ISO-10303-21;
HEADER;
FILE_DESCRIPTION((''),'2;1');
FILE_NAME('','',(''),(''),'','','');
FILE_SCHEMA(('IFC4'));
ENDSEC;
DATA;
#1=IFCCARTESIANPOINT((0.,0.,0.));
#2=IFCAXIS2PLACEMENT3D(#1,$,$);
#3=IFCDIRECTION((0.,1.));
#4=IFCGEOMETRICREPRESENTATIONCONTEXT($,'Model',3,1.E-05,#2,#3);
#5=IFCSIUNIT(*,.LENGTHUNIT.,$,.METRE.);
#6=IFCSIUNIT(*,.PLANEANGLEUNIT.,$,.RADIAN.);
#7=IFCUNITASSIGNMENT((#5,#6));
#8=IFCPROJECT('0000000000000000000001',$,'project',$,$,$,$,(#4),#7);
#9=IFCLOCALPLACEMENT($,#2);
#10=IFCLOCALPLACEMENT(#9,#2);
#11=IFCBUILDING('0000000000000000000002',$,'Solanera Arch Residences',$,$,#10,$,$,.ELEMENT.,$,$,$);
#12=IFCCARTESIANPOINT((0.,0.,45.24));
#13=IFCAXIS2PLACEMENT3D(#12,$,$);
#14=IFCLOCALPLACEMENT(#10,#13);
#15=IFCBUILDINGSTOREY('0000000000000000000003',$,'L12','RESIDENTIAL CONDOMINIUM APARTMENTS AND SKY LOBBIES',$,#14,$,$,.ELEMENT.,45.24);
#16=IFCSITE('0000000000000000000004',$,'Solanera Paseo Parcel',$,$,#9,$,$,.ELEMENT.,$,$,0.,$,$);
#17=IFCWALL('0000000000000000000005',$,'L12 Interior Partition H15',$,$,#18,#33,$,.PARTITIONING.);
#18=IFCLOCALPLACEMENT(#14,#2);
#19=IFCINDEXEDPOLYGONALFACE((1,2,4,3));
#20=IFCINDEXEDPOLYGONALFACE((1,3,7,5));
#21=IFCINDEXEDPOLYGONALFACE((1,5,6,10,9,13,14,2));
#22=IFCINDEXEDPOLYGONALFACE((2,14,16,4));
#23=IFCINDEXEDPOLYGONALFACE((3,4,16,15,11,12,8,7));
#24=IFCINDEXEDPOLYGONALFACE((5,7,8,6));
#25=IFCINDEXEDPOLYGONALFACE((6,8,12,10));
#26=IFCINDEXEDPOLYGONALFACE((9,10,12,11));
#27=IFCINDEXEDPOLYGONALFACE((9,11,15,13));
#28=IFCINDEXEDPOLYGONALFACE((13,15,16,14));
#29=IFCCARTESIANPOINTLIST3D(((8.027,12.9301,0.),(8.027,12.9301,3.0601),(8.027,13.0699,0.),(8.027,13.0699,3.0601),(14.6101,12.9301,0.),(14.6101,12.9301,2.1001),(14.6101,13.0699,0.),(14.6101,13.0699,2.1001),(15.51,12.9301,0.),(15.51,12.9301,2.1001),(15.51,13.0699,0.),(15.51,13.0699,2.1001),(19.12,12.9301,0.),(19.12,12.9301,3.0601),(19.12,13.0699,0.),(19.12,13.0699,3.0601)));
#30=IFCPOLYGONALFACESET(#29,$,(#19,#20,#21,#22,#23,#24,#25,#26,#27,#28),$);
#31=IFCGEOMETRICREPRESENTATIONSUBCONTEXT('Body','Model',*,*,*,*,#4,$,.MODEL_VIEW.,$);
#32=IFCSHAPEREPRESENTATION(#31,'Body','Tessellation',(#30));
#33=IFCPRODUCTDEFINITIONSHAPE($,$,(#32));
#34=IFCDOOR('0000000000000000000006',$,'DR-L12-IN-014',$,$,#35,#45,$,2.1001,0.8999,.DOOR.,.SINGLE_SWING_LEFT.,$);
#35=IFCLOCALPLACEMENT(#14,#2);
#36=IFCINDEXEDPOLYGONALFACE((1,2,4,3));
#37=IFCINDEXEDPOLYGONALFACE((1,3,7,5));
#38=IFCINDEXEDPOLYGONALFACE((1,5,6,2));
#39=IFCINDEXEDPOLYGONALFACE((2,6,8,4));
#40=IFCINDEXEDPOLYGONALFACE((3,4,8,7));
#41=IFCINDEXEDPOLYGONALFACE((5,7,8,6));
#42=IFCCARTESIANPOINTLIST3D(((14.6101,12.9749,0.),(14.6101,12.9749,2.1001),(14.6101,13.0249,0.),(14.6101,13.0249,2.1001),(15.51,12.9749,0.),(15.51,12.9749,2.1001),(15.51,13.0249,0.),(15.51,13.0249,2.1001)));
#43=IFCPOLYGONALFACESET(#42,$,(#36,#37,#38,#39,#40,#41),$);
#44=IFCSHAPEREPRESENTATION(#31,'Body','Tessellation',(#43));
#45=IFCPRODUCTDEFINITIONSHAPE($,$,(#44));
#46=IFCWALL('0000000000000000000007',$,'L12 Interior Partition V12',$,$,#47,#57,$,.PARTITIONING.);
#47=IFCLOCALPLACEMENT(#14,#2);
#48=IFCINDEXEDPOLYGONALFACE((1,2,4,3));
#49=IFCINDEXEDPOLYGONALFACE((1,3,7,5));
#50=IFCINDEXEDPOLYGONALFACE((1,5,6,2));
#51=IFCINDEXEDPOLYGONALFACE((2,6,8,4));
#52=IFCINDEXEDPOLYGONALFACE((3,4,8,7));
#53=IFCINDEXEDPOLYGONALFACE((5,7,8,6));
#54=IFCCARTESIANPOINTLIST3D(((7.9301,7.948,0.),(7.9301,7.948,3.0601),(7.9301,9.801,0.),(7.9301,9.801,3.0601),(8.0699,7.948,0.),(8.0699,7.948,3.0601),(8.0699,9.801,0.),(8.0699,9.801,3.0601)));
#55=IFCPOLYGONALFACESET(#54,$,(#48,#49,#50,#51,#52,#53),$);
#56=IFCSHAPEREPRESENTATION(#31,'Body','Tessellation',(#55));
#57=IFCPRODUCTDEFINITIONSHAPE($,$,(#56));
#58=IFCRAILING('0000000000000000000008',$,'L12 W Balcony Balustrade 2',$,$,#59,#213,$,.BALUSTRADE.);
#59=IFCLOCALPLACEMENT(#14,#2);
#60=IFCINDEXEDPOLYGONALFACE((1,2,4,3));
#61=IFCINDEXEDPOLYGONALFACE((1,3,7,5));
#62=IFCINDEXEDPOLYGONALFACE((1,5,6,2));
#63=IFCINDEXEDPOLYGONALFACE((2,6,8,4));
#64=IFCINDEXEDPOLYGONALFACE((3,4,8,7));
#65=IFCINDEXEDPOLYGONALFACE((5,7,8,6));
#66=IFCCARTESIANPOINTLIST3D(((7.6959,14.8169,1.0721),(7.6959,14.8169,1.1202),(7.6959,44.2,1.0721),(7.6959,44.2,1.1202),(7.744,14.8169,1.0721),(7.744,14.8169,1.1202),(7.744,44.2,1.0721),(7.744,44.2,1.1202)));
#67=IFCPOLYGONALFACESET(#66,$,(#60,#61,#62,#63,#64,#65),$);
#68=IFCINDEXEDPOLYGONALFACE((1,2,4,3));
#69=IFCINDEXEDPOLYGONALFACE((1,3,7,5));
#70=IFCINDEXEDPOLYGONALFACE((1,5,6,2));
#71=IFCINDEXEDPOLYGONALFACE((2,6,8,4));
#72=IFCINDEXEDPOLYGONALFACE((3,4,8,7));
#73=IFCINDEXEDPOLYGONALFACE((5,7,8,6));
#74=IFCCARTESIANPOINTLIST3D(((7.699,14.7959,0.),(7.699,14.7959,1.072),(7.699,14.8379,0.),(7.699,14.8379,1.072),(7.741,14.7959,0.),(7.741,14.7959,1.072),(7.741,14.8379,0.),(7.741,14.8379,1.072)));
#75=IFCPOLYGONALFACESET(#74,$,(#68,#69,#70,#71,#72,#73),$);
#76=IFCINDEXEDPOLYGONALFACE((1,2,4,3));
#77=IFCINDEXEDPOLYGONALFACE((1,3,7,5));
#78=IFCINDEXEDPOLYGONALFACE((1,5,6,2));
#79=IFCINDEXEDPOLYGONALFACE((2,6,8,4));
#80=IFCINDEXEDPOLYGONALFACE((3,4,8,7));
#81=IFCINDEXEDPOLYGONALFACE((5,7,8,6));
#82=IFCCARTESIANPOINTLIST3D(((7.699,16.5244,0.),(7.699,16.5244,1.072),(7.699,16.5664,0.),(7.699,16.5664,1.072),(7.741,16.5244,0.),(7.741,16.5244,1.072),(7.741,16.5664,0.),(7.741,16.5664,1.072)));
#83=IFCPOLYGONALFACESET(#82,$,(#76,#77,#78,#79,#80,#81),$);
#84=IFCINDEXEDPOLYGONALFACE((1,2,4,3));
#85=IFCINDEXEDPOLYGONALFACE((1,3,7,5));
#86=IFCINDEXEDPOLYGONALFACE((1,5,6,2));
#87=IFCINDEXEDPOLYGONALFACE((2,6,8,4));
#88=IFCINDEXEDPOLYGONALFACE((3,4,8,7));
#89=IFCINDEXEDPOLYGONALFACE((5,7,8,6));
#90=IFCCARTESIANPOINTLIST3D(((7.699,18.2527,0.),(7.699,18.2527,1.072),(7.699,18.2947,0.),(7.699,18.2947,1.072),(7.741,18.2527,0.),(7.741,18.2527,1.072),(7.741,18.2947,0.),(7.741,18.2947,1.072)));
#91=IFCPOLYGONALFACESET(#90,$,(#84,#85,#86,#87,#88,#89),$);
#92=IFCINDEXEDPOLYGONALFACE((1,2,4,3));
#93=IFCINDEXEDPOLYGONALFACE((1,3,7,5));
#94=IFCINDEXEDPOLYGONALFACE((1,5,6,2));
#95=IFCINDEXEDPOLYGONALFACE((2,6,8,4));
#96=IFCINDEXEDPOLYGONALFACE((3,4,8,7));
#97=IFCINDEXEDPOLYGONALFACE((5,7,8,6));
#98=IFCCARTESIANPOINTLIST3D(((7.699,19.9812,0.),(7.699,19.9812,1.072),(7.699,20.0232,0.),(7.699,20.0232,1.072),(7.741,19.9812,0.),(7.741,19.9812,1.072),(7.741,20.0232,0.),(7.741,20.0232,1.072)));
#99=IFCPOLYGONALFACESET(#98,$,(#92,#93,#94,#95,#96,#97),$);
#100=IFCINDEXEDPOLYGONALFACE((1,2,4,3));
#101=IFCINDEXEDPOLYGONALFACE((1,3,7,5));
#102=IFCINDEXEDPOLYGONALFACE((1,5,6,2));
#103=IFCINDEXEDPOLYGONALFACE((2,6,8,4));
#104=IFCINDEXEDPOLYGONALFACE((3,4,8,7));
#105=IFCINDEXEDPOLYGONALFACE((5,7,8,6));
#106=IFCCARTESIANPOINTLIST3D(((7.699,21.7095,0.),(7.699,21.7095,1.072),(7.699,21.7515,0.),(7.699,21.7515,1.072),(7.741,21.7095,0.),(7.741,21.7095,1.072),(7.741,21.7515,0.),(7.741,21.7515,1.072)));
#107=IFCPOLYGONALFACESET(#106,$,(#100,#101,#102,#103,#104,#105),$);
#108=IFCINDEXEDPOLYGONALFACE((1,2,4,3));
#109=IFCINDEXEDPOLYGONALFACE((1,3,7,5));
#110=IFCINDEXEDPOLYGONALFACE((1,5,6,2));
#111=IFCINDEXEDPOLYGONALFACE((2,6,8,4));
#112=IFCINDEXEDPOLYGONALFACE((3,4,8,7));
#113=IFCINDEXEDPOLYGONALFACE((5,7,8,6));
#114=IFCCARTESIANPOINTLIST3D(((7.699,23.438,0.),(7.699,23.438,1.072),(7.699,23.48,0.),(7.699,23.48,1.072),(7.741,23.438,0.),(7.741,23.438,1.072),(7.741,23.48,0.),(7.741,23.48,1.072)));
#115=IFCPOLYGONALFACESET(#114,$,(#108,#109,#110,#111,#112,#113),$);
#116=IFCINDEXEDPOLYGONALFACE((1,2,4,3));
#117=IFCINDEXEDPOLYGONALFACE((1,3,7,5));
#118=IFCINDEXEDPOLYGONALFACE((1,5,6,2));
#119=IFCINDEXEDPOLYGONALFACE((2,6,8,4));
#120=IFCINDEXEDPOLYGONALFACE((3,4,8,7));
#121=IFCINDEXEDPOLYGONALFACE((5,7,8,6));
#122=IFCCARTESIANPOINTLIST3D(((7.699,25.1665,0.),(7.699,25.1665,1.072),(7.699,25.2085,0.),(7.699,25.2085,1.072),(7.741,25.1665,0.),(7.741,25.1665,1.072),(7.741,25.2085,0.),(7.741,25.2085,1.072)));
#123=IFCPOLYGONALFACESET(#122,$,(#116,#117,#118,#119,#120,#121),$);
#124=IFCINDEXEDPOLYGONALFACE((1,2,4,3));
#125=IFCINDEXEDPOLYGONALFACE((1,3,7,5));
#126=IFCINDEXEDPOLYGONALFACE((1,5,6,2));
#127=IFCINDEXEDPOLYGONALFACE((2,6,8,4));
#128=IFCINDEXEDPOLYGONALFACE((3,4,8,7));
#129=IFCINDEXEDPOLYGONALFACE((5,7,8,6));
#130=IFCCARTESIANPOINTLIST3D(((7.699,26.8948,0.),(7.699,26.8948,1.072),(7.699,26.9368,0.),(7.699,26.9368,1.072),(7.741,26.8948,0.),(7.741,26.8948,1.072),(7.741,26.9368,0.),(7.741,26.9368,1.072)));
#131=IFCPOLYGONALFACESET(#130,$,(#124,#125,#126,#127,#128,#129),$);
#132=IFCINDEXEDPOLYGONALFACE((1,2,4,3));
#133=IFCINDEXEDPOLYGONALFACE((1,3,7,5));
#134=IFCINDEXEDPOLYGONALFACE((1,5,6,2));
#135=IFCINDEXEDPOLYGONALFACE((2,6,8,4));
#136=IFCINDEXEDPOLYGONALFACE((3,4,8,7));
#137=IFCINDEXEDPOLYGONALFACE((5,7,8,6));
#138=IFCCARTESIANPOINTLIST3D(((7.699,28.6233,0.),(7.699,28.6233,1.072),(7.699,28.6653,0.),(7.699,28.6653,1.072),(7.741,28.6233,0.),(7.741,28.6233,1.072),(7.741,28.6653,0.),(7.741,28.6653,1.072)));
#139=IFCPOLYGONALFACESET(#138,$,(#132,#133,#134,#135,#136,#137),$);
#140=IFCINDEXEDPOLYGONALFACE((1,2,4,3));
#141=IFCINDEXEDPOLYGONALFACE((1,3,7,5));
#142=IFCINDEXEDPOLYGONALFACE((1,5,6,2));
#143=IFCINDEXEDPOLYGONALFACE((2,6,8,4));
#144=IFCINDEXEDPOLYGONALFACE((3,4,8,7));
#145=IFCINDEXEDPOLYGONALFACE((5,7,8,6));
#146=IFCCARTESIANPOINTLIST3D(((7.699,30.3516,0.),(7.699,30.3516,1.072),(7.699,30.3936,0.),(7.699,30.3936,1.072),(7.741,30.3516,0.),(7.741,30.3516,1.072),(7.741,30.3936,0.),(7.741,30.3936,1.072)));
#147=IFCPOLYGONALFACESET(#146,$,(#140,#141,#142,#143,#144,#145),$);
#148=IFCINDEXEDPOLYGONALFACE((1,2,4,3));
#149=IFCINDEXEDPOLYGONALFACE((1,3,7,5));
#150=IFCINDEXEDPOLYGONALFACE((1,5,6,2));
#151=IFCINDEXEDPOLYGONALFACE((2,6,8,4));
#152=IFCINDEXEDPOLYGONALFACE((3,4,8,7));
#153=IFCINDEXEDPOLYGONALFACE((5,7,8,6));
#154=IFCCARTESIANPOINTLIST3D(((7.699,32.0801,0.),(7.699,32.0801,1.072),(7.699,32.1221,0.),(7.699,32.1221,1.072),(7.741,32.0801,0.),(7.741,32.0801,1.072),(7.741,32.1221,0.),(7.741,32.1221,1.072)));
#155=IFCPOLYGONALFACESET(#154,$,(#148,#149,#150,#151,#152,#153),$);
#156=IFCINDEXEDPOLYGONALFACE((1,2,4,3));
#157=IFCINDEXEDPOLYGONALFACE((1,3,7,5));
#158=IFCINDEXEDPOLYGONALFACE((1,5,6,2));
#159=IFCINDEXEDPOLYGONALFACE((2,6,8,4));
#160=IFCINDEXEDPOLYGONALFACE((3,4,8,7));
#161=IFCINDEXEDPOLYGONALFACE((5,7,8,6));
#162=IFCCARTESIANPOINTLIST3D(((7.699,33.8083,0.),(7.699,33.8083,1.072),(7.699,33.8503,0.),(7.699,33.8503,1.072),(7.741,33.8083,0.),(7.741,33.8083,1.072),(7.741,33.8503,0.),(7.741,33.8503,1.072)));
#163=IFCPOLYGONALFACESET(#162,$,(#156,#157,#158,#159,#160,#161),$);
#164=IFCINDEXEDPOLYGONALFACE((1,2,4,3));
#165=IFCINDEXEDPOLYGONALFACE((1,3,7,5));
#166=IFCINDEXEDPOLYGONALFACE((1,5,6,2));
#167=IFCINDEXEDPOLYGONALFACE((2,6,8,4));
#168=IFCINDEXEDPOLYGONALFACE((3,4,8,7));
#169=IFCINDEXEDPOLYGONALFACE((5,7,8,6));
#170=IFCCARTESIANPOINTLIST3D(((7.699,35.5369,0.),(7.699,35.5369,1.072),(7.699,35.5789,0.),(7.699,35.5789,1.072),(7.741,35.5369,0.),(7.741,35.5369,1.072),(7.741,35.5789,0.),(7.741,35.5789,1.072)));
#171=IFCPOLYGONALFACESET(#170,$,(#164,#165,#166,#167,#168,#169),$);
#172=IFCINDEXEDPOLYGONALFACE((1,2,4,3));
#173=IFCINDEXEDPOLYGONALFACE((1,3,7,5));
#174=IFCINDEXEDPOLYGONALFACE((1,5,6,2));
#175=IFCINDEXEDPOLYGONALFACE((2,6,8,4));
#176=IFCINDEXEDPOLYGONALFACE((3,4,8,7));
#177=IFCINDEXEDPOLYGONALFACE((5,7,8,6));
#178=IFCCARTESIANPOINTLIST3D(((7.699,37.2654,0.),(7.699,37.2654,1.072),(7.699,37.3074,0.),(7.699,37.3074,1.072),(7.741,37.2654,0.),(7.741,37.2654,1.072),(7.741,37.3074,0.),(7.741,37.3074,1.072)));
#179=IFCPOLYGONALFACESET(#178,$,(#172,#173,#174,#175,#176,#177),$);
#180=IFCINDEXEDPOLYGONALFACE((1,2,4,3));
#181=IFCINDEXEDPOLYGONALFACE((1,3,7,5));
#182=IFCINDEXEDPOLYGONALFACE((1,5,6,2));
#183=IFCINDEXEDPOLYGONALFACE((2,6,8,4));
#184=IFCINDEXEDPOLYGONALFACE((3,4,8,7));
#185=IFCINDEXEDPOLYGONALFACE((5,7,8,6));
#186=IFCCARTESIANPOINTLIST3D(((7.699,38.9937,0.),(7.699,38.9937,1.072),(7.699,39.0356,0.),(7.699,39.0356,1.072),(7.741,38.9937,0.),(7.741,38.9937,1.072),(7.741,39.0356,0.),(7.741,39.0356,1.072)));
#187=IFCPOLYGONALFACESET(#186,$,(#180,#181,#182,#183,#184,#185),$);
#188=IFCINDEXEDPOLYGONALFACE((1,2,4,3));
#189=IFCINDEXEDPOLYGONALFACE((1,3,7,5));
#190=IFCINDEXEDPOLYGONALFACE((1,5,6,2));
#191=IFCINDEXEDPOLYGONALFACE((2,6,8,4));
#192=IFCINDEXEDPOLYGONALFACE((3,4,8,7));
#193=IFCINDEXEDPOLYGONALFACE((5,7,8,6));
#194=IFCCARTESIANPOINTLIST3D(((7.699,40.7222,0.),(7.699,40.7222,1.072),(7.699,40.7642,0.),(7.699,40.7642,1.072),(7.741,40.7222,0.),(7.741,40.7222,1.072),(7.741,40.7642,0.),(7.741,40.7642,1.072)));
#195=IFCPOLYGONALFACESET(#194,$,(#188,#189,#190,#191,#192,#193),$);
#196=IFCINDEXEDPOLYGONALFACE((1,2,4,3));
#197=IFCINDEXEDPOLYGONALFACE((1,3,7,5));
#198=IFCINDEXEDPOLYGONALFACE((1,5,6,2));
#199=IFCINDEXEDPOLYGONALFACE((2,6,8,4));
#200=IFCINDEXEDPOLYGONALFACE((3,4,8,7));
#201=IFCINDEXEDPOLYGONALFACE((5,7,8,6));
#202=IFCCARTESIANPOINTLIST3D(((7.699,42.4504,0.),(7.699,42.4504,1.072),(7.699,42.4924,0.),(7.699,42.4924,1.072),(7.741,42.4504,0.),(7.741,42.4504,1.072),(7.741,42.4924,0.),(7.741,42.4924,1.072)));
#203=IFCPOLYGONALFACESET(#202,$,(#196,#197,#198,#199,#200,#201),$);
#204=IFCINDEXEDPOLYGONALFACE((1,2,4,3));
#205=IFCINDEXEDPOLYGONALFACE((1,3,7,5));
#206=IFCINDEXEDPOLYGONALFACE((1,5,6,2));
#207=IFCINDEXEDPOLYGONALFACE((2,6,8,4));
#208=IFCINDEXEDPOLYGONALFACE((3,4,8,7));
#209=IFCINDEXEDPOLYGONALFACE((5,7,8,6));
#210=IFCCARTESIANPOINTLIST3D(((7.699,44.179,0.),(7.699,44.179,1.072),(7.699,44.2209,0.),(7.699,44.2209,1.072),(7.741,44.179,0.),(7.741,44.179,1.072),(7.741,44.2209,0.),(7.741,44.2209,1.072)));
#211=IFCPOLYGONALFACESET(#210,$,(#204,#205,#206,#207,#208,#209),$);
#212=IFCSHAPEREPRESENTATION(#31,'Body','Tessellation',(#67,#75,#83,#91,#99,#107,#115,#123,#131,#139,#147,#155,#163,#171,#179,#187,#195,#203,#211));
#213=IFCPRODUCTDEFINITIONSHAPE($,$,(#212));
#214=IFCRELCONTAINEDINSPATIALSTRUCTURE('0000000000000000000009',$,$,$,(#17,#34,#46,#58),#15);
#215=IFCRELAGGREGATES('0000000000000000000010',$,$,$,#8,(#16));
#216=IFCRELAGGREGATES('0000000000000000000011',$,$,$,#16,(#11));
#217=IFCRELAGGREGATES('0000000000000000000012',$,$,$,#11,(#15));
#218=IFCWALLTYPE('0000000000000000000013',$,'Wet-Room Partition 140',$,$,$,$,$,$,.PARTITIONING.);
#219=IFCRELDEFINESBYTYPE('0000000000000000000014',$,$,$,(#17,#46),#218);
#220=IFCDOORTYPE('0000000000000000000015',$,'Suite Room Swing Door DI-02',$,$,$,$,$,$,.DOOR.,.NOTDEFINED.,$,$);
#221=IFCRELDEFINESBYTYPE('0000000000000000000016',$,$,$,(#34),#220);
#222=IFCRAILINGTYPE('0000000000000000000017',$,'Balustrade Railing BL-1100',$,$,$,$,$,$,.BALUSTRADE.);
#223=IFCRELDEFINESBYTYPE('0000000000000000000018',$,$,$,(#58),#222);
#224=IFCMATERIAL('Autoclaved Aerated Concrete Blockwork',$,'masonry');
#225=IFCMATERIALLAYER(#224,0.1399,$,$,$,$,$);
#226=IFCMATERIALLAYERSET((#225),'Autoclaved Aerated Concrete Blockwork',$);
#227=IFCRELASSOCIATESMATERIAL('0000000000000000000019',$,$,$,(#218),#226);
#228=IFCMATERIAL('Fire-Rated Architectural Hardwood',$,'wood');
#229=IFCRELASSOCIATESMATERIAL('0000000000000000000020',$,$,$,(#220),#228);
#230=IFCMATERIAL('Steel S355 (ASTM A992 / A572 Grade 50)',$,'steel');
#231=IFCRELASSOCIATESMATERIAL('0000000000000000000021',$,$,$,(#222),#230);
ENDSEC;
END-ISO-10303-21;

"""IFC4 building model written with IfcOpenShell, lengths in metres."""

from ifc_helpers import new_model, si_unit, direction, frame, frame_2d, origin, origin_2d, place, context, subcontext, project, spatial, rectangle, extrude, material, layer, layer_set, type_object, element, fill, save


model = new_model("IFC4")

# Units and contexts
model_context = context("Model", 3, precision=1e-05, world=origin(), true_north=direction((0.0, 1.0)))
body_context = subcontext(model_context, "Body", "Model", "MODEL_VIEW")
ifc_project = project(units=[si_unit("LENGTHUNIT", "METRE"), si_unit("PLANEANGLEUNIT", "RADIAN")], contexts=[model_context])

# Site, building, storey
site_placement = place(None, origin())
site = spatial("IfcSite", under=ifc_project, at=site_placement, Name="Solanera Paseo Parcel", CompositionType="ELEMENT", RefElevation=0.0)
building_placement = place(site_placement, origin())
building = spatial("IfcBuilding", under=site, at=building_placement, Name="Solanera Arch Residences", CompositionType="ELEMENT")
storey_placement = place(building_placement, frame((0.0, 0.0, 45.24)))
storey = spatial("IfcBuildingStorey", under=building, at=storey_placement, Name="L12", Description="RESIDENTIAL CONDOMINIUM APARTMENTS AND SKY LOBBIES", CompositionType="ELEMENT", Elevation=45.24)

# Shared definitions
ifc_material_1 = material(Name="Autoclaved Aerated Concrete Blockwork", Category="masonry")
ifc_layer_1 = layer(ifc_material_1, 0.1399)
ifc_layer_set_1 = layer_set([ifc_layer_1], Name="Autoclaved Aerated Concrete Blockwork")
wall_type_1 = type_object("IfcWallType", Name="Wet-Room Partition 140", PredefinedType="PARTITIONING", material=ifc_layer_set_1)

# Wall, opening, door
wall_1_placement = place(storey_placement, frame((8.0271, 13.0, 0.0), z_axis=(0.0, 0.0, 1.0), x_axis=(1.0, 0.0, 0.0)))
wall_1 = element("IfcWall", 1, at=wall_1_placement, inside=storey, type_object=wall_type_1, Name="L12 Interior Partition H15", PredefinedType="PARTITIONING", context=body_context, shape_type="SweptSolid", body=[
    extrude(rectangle(XDim=11.093, YDim=0.1399, at=frame_2d((5.5464, 0.0))), origin(), (0.0, 0.0, 1.0), 3.0601),
])
opening_1_placement = place(wall_1_placement, frame((6.583, 0.0, 0.0)))
opening_1 = element("IfcOpeningElement", 2, at=opening_1_placement, cuts=wall_1, PredefinedType="OPENING", context=body_context, shape_type="SweptSolid", body=[
    extrude(rectangle(XDim=0.8999, YDim=2.1001, at=frame_2d((0.45, 1.05))), frame((0.0, 0.0798, 0.0), z_axis=(0.0, -1.0, 0.0), x_axis=(1.0, 0.0, 0.0)), (0.0, 0.0, 1.0), 0.1599),
])
ifc_material_2 = material(Name="Fire-Rated Architectural Hardwood", Category="wood")
door_type_1 = type_object("IfcDoorType", Name="Suite Room Swing Door DI-02", OperationType="NOTDEFINED", PredefinedType="DOOR", material=ifc_material_2)
door_1_placement = place(opening_1_placement, origin())
door_1 = element("IfcDoor", 3, at=door_1_placement, inside=storey, type_object=door_type_1, Name="DR-L12-IN-014", OperationType="SINGLE_SWING_LEFT", OverallHeight=2.1001, OverallWidth=0.8999, PredefinedType="DOOR", context=body_context, shape_type="SweptSolid", body=[
    extrude(rectangle(XDim=0.8999, YDim=2.1001, at=frame_2d((0.45, 1.05))), frame((0.0, 0.0249, 0.0), z_axis=(0.0, -1.0, 0.0), x_axis=(1.0, 0.0, 0.0)), (0.0, 0.0, 1.0), 0.05),
])
fill(opening_1, door_1)

# Wall
wall_2_placement = place(storey_placement, frame((8.0, 7.948, 0.0), z_axis=(0.0, 0.0, 1.0), x_axis=(0.0, 1.0, 0.0)))
element("IfcWall", 4, at=wall_2_placement, inside=storey, type_object=wall_type_1, Name="L12 Interior Partition V12", PredefinedType="PARTITIONING", context=body_context, shape_type="SweptSolid", body=[
    extrude(rectangle(XDim=1.853, YDim=0.1399, at=frame_2d((0.9265, 0.0))), origin(), (0.0, 0.0, 1.0), 3.0601),
])

# Railing
ifc_material_3 = material(Name="Steel S355 (ASTM A992 / A572 Grade 50)", Category="steel")
railing_type = type_object("IfcRailingType", Name="Balustrade Railing BL-1100", PredefinedType="BALUSTRADE", material=ifc_material_3)
railing_placement = place(storey_placement, frame((7.72, 14.8169, 0.0)))
element("IfcRailing", 5, at=railing_placement, inside=storey, type_object=railing_type, Name="L12 W Balcony Balustrade 2", PredefinedType="BALUSTRADE", context=body_context, shape_type="SweptSolid", body=[
    extrude(rectangle(XDim=0.0481, YDim=0.0481, at=origin_2d()), frame((0.0, 0.0, 1.0962), z_axis=(0.0, 1.0, 0.0), x_axis=(-1.0, 0.0, 0.0)), (0.0, 0.0, 1.0), 29.3831),
    extrude(rectangle(XDim=0.042, YDim=0.042, at=origin_2d()), origin(), (0.0, 0.0, 1.0), 1.072),
    extrude(rectangle(XDim=0.042, YDim=0.042, at=origin_2d()), frame((0.0, 1.7285, 0.0)), (0.0, 0.0, 1.0), 1.072),
    extrude(rectangle(XDim=0.042, YDim=0.042, at=origin_2d()), frame((0.0, 3.4568, 0.0)), (0.0, 0.0, 1.0), 1.072),
    extrude(rectangle(XDim=0.042, YDim=0.042, at=origin_2d()), frame((0.0, 5.1853, 0.0)), (0.0, 0.0, 1.0), 1.072),
    extrude(rectangle(XDim=0.042, YDim=0.042, at=origin_2d()), frame((0.0, 6.9136, 0.0)), (0.0, 0.0, 1.0), 1.072),
    extrude(rectangle(XDim=0.042, YDim=0.042, at=origin_2d()), frame((0.0, 8.6421, 0.0)), (0.0, 0.0, 1.0), 1.072),
    extrude(rectangle(XDim=0.042, YDim=0.042, at=origin_2d()), frame((0.0, 10.3706, 0.0)), (0.0, 0.0, 1.0), 1.072),
    extrude(rectangle(XDim=0.042, YDim=0.042, at=origin_2d()), frame((0.0, 12.0989, 0.0)), (0.0, 0.0, 1.0), 1.072),
    extrude(rectangle(XDim=0.042, YDim=0.042, at=origin_2d()), frame((0.0, 13.8274, 0.0)), (0.0, 0.0, 1.0), 1.072),
    extrude(rectangle(XDim=0.042, YDim=0.042, at=origin_2d()), frame((0.0, 15.5557, 0.0)), (0.0, 0.0, 1.0), 1.072),
    extrude(rectangle(XDim=0.042, YDim=0.042, at=origin_2d()), frame((0.0, 17.2842, 0.0)), (0.0, 0.0, 1.0), 1.072),
    extrude(rectangle(XDim=0.042, YDim=0.042, at=origin_2d()), frame((0.0, 19.0125, 0.0)), (0.0, 0.0, 1.0), 1.072),
    extrude(rectangle(XDim=0.042, YDim=0.042, at=origin_2d()), frame((0.0, 20.741, 0.0)), (0.0, 0.0, 1.0), 1.072),
    extrude(rectangle(XDim=0.042, YDim=0.042, at=origin_2d()), frame((0.0, 22.4695, 0.0)), (0.0, 0.0, 1.0), 1.072),
    extrude(rectangle(XDim=0.042, YDim=0.042, at=origin_2d()), frame((0.0, 24.1978, 0.0)), (0.0, 0.0, 1.0), 1.072),
    extrude(rectangle(XDim=0.042, YDim=0.042, at=origin_2d()), frame((0.0, 25.9263, 0.0)), (0.0, 0.0, 1.0), 1.072),
    extrude(rectangle(XDim=0.042, YDim=0.042, at=origin_2d()), frame((0.0, 27.6545, 0.0)), (0.0, 0.0, 1.0), 1.072),
    extrude(rectangle(XDim=0.042, YDim=0.042, at=origin_2d()), frame((0.0, 29.3831, 0.0)), (0.0, 0.0, 1.0), 1.072),
])

save(model, "model.ifc")
